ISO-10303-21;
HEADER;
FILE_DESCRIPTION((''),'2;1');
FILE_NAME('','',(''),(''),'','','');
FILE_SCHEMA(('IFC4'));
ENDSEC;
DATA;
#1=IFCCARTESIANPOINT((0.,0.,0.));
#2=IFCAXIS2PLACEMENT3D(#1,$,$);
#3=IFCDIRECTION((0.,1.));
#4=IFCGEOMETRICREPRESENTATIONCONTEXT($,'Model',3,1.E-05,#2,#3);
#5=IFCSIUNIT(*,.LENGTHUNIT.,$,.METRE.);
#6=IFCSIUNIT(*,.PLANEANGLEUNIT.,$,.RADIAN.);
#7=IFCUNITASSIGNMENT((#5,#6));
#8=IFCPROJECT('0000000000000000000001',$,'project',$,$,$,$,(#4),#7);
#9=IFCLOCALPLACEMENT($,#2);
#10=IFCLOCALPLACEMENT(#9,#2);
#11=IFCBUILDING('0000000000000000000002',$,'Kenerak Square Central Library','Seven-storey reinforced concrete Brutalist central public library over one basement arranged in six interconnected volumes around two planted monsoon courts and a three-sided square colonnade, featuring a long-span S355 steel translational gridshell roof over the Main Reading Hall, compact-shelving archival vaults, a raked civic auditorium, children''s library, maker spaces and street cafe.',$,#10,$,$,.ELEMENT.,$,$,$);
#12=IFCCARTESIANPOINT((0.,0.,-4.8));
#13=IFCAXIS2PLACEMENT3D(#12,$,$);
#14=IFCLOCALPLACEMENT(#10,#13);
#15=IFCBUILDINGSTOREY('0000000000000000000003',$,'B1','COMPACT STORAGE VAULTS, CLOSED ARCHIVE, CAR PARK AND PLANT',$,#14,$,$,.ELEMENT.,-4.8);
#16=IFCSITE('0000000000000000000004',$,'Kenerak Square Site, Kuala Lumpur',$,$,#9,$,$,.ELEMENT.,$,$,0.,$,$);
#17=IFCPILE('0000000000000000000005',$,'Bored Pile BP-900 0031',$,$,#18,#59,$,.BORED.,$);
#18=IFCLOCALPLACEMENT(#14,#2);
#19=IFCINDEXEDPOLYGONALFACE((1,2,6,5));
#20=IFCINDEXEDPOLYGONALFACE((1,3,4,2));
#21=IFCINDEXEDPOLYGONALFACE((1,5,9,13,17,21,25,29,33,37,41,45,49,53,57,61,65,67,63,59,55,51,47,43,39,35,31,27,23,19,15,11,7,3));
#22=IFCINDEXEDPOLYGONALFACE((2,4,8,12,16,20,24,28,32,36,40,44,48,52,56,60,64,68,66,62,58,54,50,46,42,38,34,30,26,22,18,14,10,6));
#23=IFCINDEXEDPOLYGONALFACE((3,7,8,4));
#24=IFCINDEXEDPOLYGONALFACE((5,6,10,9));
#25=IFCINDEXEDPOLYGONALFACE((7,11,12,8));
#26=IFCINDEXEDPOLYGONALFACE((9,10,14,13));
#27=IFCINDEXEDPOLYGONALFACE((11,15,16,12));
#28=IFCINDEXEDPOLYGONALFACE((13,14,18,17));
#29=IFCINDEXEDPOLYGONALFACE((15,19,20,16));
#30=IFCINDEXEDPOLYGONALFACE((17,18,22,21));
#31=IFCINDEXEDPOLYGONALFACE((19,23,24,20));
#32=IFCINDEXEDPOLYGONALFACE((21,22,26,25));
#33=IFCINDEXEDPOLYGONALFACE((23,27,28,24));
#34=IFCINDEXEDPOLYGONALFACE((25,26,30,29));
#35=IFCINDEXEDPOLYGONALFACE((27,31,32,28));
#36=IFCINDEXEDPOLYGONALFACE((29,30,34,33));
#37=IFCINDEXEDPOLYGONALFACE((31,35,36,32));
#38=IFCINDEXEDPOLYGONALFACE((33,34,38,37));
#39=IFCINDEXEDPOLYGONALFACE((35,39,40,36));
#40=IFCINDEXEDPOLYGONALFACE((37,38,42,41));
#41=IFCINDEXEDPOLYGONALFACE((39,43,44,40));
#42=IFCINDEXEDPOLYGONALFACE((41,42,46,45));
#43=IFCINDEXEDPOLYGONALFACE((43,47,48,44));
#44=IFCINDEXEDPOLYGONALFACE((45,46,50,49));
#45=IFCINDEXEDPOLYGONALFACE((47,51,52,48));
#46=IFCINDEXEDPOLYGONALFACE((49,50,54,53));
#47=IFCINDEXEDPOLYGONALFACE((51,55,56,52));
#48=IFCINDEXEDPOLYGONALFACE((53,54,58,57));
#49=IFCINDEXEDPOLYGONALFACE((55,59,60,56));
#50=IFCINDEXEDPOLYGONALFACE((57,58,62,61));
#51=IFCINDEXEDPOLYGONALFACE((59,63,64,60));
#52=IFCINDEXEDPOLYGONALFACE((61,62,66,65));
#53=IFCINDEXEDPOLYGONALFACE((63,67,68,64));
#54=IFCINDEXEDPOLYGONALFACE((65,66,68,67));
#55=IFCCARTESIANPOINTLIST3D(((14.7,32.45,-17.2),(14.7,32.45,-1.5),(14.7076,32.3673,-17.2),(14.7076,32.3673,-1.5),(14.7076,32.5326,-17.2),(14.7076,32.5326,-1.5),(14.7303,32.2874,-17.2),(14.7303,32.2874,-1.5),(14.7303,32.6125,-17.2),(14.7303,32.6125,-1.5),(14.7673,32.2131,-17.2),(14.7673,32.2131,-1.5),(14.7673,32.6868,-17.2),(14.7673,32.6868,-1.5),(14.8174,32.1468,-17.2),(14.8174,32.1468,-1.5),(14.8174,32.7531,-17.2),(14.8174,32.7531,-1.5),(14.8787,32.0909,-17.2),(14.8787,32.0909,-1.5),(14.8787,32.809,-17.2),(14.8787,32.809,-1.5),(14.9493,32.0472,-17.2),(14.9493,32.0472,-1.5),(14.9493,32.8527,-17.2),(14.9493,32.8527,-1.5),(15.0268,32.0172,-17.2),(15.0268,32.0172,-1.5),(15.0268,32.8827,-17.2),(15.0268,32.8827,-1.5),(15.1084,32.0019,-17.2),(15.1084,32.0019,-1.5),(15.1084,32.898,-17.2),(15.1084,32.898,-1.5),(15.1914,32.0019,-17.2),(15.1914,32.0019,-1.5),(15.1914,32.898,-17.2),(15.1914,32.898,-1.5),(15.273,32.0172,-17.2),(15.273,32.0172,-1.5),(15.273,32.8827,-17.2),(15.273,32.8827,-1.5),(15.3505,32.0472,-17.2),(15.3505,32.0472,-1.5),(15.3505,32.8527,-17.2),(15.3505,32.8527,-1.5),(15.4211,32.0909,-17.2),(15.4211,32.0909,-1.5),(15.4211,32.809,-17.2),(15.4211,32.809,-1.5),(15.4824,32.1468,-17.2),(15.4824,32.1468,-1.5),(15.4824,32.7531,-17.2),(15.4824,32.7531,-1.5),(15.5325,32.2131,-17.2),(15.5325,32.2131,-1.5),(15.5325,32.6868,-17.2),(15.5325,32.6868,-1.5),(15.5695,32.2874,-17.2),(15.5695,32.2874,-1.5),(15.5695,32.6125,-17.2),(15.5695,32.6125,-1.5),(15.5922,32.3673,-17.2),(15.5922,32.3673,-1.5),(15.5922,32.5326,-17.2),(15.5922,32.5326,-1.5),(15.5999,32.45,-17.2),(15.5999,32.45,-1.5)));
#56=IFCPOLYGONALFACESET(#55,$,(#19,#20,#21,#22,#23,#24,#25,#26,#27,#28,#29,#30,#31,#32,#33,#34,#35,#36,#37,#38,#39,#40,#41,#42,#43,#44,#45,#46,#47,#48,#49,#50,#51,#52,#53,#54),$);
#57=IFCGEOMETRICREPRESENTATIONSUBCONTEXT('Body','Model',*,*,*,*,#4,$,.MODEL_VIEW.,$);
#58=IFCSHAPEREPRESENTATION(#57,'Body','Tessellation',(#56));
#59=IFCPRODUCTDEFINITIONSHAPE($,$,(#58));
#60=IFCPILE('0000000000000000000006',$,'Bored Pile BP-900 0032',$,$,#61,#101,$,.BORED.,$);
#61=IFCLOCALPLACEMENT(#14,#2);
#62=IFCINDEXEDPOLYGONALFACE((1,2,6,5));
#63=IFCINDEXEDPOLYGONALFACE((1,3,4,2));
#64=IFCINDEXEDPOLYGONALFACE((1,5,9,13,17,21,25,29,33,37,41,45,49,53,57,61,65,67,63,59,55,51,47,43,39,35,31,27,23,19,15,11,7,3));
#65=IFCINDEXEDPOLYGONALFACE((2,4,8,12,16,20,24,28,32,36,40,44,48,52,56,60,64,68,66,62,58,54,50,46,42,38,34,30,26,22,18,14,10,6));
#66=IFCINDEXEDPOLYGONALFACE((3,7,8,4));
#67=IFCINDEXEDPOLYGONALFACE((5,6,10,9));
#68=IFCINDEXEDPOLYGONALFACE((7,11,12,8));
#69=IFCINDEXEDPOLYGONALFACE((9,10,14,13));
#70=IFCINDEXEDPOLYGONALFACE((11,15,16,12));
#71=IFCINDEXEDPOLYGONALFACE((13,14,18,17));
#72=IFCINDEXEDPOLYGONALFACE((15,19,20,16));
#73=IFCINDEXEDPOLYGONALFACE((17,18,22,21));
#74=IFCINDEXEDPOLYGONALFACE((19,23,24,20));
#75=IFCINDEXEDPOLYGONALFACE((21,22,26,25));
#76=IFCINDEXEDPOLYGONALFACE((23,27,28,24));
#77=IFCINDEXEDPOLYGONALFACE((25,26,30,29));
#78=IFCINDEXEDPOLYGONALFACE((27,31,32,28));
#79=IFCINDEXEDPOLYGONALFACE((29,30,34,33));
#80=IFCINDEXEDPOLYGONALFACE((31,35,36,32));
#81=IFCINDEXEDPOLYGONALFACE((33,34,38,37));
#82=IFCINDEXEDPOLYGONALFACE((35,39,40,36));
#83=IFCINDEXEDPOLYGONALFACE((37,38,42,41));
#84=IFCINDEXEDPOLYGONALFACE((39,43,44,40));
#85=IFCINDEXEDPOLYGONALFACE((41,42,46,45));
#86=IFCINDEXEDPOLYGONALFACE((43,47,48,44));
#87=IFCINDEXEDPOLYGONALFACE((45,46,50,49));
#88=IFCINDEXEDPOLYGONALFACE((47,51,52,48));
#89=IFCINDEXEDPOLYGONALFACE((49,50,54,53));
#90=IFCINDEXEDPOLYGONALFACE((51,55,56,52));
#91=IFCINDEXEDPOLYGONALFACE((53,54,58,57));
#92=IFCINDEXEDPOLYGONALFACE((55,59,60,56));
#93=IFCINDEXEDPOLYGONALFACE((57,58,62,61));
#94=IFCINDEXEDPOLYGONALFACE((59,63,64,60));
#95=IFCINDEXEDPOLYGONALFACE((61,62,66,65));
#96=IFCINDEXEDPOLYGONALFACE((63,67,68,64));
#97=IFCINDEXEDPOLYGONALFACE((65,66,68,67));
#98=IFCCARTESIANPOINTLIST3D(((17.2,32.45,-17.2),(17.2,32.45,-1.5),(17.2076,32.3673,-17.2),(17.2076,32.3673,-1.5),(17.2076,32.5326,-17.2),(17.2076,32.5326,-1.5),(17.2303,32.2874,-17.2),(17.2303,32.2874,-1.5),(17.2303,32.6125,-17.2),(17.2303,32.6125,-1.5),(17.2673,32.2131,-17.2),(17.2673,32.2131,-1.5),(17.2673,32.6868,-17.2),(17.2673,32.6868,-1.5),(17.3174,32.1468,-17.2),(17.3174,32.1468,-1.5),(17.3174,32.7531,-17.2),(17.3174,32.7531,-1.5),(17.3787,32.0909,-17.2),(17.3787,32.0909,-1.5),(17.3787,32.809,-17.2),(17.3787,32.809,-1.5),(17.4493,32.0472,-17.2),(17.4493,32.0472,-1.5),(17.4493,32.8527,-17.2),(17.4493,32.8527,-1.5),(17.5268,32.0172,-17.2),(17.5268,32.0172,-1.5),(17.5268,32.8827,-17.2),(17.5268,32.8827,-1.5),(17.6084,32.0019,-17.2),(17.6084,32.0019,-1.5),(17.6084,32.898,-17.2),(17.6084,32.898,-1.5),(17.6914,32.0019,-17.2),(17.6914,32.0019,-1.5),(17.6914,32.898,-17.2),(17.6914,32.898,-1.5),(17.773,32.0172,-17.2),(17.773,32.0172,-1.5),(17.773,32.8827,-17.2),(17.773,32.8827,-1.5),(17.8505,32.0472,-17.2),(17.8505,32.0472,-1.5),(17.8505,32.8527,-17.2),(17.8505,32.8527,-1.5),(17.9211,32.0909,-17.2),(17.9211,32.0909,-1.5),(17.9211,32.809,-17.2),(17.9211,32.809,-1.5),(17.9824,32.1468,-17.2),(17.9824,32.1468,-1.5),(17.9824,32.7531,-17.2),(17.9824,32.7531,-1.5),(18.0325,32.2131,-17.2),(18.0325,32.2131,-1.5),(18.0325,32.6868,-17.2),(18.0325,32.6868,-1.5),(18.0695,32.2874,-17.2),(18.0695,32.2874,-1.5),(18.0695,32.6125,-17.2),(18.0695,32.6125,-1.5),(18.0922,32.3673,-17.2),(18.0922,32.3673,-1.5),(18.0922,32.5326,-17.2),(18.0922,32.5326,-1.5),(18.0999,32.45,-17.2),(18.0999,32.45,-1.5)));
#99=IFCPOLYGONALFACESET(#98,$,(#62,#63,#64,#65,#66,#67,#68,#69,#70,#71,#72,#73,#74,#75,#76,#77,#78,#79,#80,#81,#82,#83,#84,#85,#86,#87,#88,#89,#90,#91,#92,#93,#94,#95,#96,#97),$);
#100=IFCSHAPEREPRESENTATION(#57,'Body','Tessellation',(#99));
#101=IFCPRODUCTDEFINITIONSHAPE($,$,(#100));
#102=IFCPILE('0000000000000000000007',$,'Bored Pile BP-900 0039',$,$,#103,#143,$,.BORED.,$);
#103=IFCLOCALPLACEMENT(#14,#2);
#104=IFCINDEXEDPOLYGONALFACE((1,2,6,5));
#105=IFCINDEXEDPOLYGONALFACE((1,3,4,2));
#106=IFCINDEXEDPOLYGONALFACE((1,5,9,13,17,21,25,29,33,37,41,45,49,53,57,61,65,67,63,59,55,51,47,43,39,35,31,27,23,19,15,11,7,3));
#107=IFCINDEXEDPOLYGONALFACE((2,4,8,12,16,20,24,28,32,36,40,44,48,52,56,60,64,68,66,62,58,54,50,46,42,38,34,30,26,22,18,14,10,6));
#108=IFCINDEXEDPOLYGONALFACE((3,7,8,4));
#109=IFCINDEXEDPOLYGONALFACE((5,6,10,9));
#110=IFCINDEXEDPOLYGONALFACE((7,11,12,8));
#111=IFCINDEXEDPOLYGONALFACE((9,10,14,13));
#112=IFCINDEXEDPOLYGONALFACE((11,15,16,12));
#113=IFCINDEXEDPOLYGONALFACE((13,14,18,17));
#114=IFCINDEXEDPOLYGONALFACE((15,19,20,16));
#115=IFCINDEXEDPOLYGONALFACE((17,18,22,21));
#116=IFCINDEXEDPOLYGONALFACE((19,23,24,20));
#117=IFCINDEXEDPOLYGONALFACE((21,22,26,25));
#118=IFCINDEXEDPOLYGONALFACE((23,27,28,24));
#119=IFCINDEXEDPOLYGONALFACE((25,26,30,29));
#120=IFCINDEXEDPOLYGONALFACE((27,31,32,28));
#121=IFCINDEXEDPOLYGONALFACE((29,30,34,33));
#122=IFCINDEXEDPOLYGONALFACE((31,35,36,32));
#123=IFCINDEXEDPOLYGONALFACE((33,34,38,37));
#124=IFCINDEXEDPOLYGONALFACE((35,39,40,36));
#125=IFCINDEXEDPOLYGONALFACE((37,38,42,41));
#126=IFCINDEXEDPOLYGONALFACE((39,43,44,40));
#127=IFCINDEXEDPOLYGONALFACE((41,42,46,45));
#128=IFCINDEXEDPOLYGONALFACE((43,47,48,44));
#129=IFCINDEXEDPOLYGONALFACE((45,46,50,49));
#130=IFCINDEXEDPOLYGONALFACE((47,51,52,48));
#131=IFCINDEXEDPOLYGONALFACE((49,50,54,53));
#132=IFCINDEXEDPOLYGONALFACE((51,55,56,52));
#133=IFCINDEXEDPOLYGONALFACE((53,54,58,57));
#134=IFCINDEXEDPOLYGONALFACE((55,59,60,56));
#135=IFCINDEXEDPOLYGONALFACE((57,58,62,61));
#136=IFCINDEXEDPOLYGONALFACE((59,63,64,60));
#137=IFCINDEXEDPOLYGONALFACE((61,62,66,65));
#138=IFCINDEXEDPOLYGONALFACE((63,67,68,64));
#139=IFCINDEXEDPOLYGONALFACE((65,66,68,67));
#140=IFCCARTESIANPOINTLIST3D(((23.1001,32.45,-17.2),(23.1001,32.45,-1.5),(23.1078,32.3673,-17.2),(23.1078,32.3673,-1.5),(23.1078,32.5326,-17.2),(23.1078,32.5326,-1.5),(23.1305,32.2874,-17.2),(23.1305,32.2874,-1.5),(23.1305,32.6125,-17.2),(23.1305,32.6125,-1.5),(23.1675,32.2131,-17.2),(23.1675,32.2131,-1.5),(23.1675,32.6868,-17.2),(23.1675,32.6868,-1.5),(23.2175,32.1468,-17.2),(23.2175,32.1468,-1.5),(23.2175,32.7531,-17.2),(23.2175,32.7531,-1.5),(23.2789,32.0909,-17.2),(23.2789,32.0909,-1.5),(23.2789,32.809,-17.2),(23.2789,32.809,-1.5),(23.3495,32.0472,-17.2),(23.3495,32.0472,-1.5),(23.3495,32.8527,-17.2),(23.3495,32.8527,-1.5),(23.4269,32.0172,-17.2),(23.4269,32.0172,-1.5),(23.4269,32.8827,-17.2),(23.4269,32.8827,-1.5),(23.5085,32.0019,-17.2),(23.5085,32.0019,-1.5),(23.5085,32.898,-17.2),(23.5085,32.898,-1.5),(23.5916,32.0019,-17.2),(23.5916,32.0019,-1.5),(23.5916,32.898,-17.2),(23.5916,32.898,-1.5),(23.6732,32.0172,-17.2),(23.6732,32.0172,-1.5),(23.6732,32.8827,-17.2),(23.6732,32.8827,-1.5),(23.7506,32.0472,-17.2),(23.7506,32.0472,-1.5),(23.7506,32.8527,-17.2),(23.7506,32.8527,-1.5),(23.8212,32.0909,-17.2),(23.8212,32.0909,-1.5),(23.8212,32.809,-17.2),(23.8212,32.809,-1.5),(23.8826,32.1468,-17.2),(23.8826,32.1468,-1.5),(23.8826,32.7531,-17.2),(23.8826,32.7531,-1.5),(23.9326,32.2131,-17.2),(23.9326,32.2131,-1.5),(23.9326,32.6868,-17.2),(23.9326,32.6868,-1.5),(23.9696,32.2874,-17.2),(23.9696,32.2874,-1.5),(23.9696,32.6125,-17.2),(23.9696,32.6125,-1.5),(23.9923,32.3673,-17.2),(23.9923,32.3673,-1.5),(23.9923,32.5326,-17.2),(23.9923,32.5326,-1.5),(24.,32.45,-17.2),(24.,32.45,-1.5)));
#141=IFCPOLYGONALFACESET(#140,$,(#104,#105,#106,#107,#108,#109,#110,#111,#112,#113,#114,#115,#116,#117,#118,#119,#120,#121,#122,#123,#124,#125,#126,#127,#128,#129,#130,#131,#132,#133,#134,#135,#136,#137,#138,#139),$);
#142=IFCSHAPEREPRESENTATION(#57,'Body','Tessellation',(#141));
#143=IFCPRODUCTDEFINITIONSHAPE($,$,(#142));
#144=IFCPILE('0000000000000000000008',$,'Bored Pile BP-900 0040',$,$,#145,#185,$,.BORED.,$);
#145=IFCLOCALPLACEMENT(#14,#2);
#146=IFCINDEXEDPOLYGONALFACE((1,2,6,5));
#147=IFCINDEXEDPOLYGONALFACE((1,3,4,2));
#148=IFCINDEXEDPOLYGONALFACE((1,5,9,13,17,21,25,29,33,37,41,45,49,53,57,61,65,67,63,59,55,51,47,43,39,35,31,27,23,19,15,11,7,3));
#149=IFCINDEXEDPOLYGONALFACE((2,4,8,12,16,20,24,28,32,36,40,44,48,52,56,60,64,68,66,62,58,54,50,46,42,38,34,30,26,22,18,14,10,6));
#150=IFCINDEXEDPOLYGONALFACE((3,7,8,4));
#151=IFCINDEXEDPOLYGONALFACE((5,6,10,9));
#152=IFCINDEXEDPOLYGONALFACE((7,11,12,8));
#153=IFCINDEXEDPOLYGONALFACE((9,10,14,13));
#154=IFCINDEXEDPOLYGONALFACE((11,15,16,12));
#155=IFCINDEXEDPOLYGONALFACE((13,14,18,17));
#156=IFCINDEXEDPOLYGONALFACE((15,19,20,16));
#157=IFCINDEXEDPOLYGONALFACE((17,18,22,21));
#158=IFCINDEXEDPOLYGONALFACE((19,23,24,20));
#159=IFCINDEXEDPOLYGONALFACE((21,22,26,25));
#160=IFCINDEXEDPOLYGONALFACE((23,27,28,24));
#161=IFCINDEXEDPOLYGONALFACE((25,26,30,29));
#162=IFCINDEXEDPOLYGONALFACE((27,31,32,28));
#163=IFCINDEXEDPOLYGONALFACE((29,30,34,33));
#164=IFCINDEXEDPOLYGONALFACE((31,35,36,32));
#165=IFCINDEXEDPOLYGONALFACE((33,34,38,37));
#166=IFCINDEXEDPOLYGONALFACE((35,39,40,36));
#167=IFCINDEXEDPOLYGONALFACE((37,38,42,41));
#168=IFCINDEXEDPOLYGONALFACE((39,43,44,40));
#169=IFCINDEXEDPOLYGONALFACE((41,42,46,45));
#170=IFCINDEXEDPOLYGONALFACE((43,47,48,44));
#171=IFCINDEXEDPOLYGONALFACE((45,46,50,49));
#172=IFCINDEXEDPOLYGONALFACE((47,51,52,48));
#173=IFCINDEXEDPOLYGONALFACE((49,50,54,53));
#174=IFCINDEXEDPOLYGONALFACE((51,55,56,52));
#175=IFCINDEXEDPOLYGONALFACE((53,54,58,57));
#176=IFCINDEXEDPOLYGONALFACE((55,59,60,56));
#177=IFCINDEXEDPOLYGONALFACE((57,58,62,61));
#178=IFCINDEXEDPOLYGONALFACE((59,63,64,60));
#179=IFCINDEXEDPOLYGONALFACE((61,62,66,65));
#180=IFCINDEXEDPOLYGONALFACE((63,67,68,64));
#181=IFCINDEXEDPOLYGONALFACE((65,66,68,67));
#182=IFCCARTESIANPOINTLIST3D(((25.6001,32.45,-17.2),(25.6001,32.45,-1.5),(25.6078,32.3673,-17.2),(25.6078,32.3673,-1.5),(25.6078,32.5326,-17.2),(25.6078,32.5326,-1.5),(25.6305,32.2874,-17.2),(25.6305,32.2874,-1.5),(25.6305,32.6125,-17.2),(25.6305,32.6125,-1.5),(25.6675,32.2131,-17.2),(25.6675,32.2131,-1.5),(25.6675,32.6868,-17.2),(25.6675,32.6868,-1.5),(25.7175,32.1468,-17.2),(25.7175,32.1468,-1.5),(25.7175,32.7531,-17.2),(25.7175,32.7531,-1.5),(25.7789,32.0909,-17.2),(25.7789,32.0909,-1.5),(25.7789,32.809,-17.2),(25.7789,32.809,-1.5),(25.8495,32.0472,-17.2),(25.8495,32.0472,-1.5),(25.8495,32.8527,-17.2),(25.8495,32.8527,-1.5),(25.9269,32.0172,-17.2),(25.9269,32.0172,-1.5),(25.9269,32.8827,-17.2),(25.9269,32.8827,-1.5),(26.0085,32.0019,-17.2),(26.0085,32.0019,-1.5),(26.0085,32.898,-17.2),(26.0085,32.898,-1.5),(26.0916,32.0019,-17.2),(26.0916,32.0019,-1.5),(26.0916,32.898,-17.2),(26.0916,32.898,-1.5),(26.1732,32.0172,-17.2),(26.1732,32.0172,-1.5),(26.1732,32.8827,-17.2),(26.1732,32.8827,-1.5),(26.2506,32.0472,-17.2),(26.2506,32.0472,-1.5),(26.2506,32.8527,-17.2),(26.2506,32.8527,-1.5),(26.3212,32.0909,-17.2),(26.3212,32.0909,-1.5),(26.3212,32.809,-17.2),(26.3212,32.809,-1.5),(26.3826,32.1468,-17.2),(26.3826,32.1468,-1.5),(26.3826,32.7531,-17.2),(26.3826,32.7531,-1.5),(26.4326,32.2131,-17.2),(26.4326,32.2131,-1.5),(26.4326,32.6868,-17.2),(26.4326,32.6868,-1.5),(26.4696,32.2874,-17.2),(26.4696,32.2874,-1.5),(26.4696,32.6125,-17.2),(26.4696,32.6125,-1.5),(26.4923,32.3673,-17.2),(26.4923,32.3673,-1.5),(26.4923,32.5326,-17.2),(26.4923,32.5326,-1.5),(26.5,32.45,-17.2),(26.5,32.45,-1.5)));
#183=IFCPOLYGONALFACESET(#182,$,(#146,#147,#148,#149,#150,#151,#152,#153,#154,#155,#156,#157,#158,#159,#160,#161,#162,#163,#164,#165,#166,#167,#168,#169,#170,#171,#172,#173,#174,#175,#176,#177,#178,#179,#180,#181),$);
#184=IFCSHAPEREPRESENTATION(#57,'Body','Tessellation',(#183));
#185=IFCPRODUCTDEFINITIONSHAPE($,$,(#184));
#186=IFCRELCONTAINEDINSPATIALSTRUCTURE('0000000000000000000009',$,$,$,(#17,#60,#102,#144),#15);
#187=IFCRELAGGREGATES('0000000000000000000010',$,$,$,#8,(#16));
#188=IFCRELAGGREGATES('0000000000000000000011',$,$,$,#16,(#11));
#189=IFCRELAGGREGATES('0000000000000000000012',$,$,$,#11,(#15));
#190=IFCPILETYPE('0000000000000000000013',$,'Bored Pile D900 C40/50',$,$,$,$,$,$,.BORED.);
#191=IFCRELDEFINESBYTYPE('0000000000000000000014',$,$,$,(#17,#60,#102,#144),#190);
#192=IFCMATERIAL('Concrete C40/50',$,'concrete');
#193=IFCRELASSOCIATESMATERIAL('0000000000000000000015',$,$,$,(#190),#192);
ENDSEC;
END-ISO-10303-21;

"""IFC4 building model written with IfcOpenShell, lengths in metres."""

from ifc_helpers import new_model, si_unit, direction, frame, origin, origin_2d, place, context, subcontext, project, spatial, circle, extrude, material, material_profile, profile_set, type_object, element, save


model = new_model("IFC4")

# Units and contexts
model_context = context("Model", 3, precision=1e-05, world=origin(), true_north=direction((0.0, 1.0)))
body_context = subcontext(model_context, "Body", "Model", "MODEL_VIEW")
ifc_project = project(units=[si_unit("LENGTHUNIT", "METRE"), si_unit("PLANEANGLEUNIT", "RADIAN")], contexts=[model_context])

# Site, building, storey
site_placement = place(None, origin())
site = spatial("IfcSite", under=ifc_project, at=site_placement, Name="Kenerak Square Site, Kuala Lumpur", CompositionType="ELEMENT", RefElevation=0.0)
building_placement = place(site_placement, origin())
building = spatial("IfcBuilding", under=site, at=building_placement, Name="Kenerak Square Central Library", Description="Seven-storey reinforced concrete Brutalist central public library over one basement arranged in six interconnected volumes around two planted monsoon courts and a three-sided square colonnade, featuring a long-span S355 steel translational gridshell roof over the Main Reading Hall, compact-shelving archival vaults, a raked civic auditorium, children's library, maker spaces and street cafe.", CompositionType="ELEMENT")
storey_placement = place(building_placement, frame((0.0, 0.0, -4.8)))
storey = spatial("IfcBuildingStorey", under=building, at=storey_placement, Name="B1", Description="COMPACT STORAGE VAULTS, CLOSED ARCHIVE, CAR PARK AND PLANT", CompositionType="ELEMENT", Elevation=-4.8)

# Piles
ifc_material_1 = material(Name="Concrete C40/50", Category="concrete")
ifc_material_profile_1 = material_profile(ifc_material_1, circle(Radius=0.45, at=origin_2d()), Name="BP D900")
ifc_profile_set_1 = profile_set([ifc_material_profile_1], Name="Concrete C40/50")
pile_type = type_object("IfcPileType", Name="Bored Pile D900 C40/50", PredefinedType="BORED", material=ifc_profile_set_1)
for number, where, z_axis, x_axis, name in (
    (1, (15.1499, 32.45, -1.5), (0.0, 0.0, -1.0), (1.0, 0.0, 0.0), "Bored Pile BP-900 0031"),
    (2, (17.6499, 32.45, -1.5), (0.0, 0.0, -1.0), (1.0, 0.0, 0.0), "Bored Pile BP-900 0032"),
    (3, (23.55, 32.45, -1.5), (0.0, 0.0, -1.0), (1.0, 0.0, 0.0), "Bored Pile BP-900 0039"),
    (4, (26.05, 32.45, -1.5), (0.0, 0.0, -1.0), (1.0, 0.0, 0.0), "Bored Pile BP-900 0040"),
):
    element("IfcPile", number, at=place(storey_placement, frame(where, z_axis=z_axis, x_axis=x_axis)), inside=storey, type_object=pile_type, Name=name, PredefinedType="BORED", context=body_context, shape_type="SweptSolid", body=[
        extrude(circle(Radius=0.45, at=origin_2d()), origin(), (0.0, 0.0, 1.0), 15.7),
    ])

save(model, "model.ifc")
